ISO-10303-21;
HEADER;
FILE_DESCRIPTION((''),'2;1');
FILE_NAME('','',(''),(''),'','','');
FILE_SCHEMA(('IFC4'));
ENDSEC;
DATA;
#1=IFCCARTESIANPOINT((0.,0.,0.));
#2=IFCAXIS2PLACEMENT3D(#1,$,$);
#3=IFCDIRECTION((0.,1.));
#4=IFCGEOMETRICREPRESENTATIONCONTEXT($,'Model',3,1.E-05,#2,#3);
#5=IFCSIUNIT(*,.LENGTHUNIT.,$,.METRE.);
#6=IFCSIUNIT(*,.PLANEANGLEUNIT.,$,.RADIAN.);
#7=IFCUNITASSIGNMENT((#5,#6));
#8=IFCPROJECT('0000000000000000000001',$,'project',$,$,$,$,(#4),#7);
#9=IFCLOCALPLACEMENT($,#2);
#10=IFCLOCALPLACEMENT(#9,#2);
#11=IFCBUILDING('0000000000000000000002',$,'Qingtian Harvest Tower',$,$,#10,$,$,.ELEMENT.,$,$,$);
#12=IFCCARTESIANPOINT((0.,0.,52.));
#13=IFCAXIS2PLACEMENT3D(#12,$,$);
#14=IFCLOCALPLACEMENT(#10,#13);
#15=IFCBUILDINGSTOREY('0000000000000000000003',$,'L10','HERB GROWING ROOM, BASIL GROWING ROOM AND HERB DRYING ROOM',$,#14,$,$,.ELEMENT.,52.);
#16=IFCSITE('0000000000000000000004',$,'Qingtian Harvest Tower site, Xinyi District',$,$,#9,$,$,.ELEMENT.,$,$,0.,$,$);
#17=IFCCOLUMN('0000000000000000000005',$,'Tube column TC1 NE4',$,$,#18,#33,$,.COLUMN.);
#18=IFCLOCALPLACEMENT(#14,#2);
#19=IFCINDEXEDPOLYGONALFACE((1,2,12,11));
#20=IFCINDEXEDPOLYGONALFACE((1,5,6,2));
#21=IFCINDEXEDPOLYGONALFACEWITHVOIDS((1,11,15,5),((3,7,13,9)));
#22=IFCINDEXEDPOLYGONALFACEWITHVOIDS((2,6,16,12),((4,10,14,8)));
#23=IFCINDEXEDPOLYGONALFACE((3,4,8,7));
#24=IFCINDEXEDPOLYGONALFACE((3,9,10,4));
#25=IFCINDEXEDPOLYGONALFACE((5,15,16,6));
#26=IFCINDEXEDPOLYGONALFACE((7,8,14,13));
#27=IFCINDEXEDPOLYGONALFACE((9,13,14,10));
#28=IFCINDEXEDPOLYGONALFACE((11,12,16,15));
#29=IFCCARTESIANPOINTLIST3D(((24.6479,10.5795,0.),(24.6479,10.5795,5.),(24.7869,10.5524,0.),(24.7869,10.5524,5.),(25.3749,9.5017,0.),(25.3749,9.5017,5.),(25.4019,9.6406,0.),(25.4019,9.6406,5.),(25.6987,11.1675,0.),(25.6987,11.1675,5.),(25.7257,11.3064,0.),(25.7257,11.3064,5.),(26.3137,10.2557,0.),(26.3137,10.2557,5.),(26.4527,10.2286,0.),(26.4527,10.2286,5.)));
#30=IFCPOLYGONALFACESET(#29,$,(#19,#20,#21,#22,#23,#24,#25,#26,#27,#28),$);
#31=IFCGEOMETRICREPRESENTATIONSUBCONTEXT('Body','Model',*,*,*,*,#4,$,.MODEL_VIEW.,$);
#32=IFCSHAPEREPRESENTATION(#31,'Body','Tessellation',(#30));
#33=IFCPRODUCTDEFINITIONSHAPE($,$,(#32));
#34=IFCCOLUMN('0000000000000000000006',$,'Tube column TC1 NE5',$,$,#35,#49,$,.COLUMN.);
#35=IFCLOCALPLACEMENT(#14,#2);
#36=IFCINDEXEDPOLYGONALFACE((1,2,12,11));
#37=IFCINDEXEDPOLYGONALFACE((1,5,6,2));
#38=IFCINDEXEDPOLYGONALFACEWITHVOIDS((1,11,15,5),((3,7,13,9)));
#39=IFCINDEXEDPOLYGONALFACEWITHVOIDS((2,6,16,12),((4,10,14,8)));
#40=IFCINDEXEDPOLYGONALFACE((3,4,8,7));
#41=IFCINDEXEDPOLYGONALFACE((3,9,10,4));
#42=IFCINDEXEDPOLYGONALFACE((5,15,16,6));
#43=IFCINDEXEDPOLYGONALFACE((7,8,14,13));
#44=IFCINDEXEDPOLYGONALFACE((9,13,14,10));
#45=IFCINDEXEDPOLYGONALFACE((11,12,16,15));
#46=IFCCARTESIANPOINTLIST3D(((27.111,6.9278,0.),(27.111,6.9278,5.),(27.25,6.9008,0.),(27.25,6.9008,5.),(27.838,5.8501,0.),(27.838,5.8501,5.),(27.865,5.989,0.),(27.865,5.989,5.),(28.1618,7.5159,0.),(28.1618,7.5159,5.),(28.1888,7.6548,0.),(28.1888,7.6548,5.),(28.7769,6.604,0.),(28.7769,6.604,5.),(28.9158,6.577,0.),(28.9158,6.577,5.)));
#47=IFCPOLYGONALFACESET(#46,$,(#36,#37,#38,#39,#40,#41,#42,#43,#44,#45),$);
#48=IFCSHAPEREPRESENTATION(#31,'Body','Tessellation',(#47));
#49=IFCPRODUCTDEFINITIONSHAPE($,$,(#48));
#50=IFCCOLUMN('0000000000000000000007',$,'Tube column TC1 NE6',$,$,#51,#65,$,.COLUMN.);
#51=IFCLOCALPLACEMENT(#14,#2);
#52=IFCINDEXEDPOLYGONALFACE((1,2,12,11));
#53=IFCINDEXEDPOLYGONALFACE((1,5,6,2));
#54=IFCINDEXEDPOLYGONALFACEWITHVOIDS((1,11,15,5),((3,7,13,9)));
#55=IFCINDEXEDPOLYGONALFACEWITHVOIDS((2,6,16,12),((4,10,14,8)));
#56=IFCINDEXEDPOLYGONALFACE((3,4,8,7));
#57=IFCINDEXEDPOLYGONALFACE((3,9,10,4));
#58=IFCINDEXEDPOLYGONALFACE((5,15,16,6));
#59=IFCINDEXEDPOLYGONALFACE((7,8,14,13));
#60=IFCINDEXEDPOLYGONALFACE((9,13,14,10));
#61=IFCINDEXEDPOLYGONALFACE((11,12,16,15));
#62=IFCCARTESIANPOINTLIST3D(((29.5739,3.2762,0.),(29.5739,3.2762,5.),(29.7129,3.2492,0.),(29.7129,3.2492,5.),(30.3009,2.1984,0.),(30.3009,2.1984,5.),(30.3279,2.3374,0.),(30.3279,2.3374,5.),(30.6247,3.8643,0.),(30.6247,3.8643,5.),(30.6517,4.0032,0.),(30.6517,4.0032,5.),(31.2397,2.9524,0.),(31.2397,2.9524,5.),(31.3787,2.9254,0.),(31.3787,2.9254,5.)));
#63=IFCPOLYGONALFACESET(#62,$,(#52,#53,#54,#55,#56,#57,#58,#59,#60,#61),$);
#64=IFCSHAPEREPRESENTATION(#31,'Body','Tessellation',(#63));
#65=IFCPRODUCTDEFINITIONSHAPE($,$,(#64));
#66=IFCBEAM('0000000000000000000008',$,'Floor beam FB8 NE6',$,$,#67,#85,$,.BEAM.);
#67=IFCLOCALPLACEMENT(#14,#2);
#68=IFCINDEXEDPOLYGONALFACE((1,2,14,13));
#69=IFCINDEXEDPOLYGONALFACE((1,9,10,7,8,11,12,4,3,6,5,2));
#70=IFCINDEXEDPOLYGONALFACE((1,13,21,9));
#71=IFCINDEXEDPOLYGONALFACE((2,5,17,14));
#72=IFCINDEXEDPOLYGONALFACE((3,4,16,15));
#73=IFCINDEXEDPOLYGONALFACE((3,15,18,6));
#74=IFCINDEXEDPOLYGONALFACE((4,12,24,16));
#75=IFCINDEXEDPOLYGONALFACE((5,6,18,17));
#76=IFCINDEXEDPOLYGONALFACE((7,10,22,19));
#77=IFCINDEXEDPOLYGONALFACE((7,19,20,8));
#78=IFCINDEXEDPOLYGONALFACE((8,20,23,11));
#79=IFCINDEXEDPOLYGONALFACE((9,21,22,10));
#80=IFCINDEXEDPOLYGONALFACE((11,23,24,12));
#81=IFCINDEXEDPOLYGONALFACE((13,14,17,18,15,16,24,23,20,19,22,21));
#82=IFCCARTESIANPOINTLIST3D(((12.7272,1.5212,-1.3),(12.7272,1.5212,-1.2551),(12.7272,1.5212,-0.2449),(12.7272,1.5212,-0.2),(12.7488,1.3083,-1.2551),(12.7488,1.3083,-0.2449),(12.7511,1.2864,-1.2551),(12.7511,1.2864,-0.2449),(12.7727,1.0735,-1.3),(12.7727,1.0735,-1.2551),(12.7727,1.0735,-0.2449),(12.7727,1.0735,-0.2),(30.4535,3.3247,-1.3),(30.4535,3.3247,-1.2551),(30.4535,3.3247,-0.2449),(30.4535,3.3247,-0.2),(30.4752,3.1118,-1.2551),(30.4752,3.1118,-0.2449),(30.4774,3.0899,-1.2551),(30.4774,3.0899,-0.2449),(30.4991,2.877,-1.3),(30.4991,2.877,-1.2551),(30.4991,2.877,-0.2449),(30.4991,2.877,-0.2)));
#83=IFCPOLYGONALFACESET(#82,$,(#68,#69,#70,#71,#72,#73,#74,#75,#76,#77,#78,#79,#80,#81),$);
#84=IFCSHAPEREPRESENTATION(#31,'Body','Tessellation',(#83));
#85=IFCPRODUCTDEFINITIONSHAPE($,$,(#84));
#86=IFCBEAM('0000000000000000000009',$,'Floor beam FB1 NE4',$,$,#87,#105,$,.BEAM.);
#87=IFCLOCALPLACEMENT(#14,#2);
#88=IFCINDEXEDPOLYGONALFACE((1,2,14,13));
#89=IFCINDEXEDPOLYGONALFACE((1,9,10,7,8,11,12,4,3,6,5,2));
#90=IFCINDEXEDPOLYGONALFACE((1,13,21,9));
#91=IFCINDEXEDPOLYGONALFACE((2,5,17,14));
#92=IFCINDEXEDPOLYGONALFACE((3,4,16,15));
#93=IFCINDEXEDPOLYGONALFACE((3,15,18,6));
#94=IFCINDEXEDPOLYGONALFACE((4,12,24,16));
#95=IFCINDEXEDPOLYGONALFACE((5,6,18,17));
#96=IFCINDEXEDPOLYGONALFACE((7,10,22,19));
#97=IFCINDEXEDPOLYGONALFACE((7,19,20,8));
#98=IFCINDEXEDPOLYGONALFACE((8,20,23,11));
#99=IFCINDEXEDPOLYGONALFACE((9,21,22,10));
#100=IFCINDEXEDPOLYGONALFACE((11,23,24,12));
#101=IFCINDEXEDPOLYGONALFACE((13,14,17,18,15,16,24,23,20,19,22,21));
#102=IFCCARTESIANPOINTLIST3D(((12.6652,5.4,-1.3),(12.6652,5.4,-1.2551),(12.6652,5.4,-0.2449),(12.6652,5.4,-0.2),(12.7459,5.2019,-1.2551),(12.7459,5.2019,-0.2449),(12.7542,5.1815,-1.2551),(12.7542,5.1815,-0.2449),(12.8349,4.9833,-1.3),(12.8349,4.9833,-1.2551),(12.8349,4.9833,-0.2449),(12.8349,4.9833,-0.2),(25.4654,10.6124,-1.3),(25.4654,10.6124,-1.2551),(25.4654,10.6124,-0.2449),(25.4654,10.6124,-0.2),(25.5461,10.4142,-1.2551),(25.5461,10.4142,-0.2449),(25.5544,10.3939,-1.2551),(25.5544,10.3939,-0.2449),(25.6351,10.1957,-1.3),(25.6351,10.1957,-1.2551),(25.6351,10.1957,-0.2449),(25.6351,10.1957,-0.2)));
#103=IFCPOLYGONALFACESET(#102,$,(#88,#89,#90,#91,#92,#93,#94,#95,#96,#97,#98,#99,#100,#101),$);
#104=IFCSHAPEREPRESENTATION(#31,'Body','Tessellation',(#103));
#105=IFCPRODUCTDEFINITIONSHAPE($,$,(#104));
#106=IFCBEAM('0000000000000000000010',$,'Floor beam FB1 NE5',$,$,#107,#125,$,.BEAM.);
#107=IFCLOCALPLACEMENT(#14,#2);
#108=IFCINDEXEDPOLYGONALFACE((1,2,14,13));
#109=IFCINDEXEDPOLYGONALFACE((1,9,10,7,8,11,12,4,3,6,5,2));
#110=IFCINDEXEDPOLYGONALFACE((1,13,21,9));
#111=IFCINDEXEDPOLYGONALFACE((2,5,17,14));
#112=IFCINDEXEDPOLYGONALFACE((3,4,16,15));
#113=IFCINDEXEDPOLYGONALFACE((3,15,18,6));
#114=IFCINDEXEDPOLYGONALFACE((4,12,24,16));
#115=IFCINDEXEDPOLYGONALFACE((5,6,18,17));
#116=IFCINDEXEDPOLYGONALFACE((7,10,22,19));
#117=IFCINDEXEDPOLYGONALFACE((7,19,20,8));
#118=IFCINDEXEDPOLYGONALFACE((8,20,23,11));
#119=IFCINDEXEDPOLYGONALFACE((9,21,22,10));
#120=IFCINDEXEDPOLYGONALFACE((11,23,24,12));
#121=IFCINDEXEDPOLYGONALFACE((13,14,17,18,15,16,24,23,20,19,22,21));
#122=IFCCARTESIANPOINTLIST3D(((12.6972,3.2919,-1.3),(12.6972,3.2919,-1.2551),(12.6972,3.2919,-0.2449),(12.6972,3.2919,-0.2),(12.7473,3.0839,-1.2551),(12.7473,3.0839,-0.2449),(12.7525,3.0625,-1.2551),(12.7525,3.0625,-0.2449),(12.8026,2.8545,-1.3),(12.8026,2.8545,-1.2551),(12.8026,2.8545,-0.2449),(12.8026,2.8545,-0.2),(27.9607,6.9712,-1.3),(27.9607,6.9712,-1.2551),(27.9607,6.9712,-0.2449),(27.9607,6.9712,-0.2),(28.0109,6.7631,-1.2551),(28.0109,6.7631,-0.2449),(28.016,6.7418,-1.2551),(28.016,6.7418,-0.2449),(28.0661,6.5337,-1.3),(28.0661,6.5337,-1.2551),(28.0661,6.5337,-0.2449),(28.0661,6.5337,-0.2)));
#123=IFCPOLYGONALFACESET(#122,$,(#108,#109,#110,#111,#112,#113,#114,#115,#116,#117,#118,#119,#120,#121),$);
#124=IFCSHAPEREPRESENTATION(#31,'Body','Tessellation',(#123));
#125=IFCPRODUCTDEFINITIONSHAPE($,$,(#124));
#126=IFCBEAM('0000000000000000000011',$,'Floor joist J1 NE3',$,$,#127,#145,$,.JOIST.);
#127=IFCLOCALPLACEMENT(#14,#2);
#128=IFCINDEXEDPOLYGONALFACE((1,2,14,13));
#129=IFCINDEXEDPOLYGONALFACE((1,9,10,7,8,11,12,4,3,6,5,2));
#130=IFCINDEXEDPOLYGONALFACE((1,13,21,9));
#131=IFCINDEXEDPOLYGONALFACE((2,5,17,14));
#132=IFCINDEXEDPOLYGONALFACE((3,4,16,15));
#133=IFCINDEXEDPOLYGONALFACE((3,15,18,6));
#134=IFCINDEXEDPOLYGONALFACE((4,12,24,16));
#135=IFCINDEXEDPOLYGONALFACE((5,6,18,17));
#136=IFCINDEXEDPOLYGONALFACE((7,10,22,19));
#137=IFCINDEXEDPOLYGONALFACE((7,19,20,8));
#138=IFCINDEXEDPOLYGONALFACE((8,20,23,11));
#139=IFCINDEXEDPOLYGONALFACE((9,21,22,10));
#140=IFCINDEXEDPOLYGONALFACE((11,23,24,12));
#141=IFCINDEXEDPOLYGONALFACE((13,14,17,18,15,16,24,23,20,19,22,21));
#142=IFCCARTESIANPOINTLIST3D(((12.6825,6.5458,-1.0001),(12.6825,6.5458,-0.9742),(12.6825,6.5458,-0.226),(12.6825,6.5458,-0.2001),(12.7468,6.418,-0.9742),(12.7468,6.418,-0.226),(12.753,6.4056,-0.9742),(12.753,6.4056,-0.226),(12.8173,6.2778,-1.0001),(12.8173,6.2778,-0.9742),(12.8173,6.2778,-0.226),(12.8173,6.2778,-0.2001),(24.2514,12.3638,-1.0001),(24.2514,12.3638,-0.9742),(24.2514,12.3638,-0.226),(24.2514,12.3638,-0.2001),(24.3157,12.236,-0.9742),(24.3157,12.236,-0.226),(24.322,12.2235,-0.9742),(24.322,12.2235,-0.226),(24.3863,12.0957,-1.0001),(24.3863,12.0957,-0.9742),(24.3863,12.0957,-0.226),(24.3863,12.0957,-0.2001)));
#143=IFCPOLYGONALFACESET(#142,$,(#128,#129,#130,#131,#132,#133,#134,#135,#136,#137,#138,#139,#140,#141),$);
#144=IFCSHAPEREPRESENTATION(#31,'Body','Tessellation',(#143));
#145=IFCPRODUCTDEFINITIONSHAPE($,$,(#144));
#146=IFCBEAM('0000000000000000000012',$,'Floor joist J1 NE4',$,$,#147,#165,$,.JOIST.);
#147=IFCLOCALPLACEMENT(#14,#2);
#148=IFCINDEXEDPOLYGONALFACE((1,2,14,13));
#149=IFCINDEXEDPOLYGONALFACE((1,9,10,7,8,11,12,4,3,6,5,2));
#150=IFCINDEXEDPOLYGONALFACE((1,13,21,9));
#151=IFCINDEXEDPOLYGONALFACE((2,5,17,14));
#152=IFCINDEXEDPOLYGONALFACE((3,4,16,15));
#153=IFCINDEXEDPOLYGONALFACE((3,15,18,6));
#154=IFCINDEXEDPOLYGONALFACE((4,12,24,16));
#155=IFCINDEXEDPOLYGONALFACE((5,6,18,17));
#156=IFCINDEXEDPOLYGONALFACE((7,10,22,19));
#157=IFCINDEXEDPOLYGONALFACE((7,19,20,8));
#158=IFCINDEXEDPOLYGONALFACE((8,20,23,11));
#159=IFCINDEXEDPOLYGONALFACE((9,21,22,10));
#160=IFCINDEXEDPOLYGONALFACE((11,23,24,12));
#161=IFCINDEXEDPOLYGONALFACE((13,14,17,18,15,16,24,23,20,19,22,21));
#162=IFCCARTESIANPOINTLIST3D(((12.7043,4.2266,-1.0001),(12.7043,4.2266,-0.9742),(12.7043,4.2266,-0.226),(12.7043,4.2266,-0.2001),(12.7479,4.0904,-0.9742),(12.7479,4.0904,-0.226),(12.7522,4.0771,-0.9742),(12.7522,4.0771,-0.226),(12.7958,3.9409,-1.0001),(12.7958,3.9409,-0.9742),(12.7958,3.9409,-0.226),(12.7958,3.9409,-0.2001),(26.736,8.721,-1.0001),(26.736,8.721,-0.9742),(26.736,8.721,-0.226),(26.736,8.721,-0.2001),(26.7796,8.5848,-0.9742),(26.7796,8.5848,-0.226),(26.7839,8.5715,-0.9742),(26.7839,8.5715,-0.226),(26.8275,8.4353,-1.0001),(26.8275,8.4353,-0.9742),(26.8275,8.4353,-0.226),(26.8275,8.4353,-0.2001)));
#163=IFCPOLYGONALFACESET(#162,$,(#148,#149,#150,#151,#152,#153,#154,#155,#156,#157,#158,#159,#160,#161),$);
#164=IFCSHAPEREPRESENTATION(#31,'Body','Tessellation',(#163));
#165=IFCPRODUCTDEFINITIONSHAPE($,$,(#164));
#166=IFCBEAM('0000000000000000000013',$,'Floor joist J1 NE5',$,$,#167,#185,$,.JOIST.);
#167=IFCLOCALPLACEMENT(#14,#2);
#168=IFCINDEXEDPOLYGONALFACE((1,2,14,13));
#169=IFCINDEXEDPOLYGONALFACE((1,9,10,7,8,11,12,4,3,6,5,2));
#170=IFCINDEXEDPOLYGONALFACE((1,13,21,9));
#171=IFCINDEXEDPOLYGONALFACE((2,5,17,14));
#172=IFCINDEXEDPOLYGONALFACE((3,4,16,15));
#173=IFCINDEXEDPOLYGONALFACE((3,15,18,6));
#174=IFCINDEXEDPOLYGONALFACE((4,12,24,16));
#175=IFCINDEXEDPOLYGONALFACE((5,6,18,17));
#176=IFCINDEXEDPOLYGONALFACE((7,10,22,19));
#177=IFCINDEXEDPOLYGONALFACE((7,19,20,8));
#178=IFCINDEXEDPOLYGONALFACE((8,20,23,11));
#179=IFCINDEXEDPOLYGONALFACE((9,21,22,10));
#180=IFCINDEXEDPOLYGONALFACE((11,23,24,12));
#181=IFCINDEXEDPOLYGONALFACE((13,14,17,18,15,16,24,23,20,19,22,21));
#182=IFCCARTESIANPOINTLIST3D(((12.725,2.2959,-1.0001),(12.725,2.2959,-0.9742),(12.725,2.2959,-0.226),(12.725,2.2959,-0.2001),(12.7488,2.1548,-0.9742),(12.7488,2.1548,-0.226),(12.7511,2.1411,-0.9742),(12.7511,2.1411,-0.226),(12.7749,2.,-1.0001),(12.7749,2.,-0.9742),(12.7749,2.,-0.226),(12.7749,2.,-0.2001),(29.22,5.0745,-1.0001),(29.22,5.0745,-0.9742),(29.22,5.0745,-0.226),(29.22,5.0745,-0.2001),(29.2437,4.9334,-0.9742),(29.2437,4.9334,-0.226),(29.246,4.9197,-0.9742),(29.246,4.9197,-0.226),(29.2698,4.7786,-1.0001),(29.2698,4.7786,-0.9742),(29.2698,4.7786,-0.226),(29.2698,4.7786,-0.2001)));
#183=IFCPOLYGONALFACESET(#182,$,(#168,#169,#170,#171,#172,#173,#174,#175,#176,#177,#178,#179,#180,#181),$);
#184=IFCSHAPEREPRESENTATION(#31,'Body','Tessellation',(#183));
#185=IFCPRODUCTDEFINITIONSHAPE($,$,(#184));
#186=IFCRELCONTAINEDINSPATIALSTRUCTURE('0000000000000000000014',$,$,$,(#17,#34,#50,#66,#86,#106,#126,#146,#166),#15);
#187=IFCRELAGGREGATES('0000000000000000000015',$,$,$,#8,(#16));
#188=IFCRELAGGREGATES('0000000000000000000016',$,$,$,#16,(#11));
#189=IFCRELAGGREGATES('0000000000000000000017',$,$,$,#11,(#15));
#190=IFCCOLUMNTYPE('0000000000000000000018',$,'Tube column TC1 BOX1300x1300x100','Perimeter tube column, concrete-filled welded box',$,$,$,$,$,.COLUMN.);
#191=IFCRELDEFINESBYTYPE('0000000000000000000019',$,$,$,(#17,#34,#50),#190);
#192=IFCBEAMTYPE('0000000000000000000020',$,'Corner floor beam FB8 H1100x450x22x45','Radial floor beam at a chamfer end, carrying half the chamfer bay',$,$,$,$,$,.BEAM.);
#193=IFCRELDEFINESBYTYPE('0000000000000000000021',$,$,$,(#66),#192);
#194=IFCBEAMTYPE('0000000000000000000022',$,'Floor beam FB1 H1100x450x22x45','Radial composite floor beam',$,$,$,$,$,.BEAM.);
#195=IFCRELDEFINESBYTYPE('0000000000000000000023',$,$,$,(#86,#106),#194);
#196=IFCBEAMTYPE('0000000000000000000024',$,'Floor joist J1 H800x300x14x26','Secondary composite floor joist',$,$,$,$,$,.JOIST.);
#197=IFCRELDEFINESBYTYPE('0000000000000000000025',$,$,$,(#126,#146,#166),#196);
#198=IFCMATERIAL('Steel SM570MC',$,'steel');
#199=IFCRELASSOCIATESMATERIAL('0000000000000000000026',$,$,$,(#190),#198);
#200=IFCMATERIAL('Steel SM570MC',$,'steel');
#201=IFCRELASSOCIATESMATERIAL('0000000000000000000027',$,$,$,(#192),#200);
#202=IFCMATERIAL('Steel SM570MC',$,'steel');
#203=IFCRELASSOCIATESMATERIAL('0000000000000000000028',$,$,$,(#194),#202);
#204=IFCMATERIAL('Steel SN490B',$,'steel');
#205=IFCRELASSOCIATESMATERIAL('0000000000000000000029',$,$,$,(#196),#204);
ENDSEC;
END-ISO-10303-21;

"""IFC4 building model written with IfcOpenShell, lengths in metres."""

from ifc_helpers import new_model, si_unit, direction, frame, origin, origin_2d, place, context, subcontext, project, spatial, hollow_rectangle, i_section, extrude, material, material_profile, profile_set, type_object, element, save


model = new_model("IFC4")

# Units and contexts
model_context = context("Model", 3, precision=1e-05, world=origin(), true_north=direction((0.0, 1.0)))
body_context = subcontext(model_context, "Body", "Model", "MODEL_VIEW")
ifc_project = project(units=[si_unit("LENGTHUNIT", "METRE"), si_unit("PLANEANGLEUNIT", "RADIAN")], contexts=[model_context])

# Site, building, storey
site_placement = place(None, origin())
site = spatial("IfcSite", under=ifc_project, at=site_placement, Name="Qingtian Harvest Tower site, Xinyi District", CompositionType="ELEMENT", RefElevation=0.0)
building_placement = place(site_placement, origin())
building = spatial("IfcBuilding", under=site, at=building_placement, Name="Qingtian Harvest Tower", CompositionType="ELEMENT")
storey_placement = place(building_placement, frame((0.0, 0.0, 52.0)))
storey = spatial("IfcBuildingStorey", under=building, at=storey_placement, Name="L10", Description="HERB GROWING ROOM, BASIL GROWING ROOM AND HERB DRYING ROOM", CompositionType="ELEMENT", Elevation=52.0)

# Columns
ifc_material_1 = material(Name="Steel SM570MC", Category="steel")
ifc_material_profile_1 = material_profile(ifc_material_1, hollow_rectangle(XDim=1.3, YDim=1.3, WallThickness=0.1001, at=origin_2d()), Name="BOX1300x1300x100")
ifc_profile_set_1 = profile_set([ifc_material_profile_1], Name="Steel SM570MC")
column_type = type_object("IfcColumnType", Name="Tube column TC1 BOX1300x1300x100", Description="Perimeter tube column, concrete-filled welded box", PredefinedType="COLUMN", material=ifc_profile_set_1)
for number, where, z_axis, x_axis, name in (
    (1, (25.5503, 10.4041, 0.0), (0.0, 0.0, 1.0), (-0.559193, 0.829038, 0.0), "Tube column TC1 NE4"),
    (2, (28.0134, 6.7524, 0.0), (0.0, 0.0, 1.0), (-0.559193, 0.829038, 0.0), "Tube column TC1 NE5"),
    (3, (30.4763, 3.1008, 0.0), (0.0, 0.0, 1.0), (-0.559193, 0.829038, 0.0), "Tube column TC1 NE6"),
):
    element("IfcColumn", number, at=place(storey_placement, frame(where, z_axis=z_axis, x_axis=x_axis)), inside=storey, type_object=column_type, Name=name, PredefinedType="COLUMN", context=body_context, shape_type="SweptSolid", body=[
        extrude(hollow_rectangle(XDim=1.3, YDim=1.3, WallThickness=0.1001, at=origin_2d()), origin(), (0.0, 0.0, 1.0), 5.0),
    ])

# Beams
ifc_material_2 = material(Name="Steel SM570MC", Category="steel")
ifc_material_profile_2 = material_profile(ifc_material_2, i_section(OverallWidth=0.45, OverallDepth=1.1001, WebThickness=0.022, FlangeThickness=0.0449, at=origin_2d()), Name="H1100x450x22x45")
ifc_profile_set_2 = profile_set([ifc_material_profile_2], Name="Steel SM570MC")
beam_type_1 = type_object("IfcBeamType", Name="Corner floor beam FB8 H1100x450x22x45", Description="Radial floor beam at a chamfer end, carrying half the chamfer bay", PredefinedType="BEAM", material=ifc_profile_set_2)
beam_1_placement = place(storey_placement, frame((30.4763, 3.1008, -0.75), z_axis=(-0.994864, -0.101217, 0.0), x_axis=(0.101217, -0.994864, 0.0)))
element("IfcBeam", 4, at=beam_1_placement, inside=storey, type_object=beam_type_1, Name="Floor beam FB8 NE6", PredefinedType="BEAM", context=body_context, shape_type="SweptSolid", body=[
    extrude(i_section(OverallWidth=0.45, OverallDepth=1.1001, WebThickness=0.022, FlangeThickness=0.0449, at=origin_2d()), origin(), (0.0, 0.0, 1.0), 17.8179),
])
ifc_material_3 = material(Name="Steel SM570MC", Category="steel")
ifc_material_profile_3 = material_profile(ifc_material_3, i_section(OverallWidth=0.45, OverallDepth=1.1001, WebThickness=0.022, FlangeThickness=0.0449, at=origin_2d()), Name="H1100x450x22x45")
ifc_profile_set_3 = profile_set([ifc_material_profile_3], Name="Steel SM570MC")
beam_type_2 = type_object("IfcBeamType", Name="Floor beam FB1 H1100x450x22x45", Description="Radial composite floor beam", PredefinedType="BEAM", material=ifc_profile_set_3)
beam_2_placement = place(storey_placement, frame((25.5503, 10.4041, -0.75), z_axis=(-0.926156, -0.37714, 0.0), x_axis=(0.37714, -0.926156, 0.0)))
element("IfcBeam", 5, at=beam_2_placement, inside=storey, type_object=beam_type_2, Name="Floor beam FB1 NE4", PredefinedType="BEAM", context=body_context, shape_type="SweptSolid", body=[
    extrude(i_section(OverallWidth=0.45, OverallDepth=1.1001, WebThickness=0.022, FlangeThickness=0.0449, at=origin_2d()), origin(), (0.0, 0.0, 1.0), 13.8208),
])
beam_3_placement = place(storey_placement, frame((28.0134, 6.7524, -0.75), z_axis=(-0.972156, -0.234335, 0.0), x_axis=(0.234335, -0.972156, 0.0)))
element("IfcBeam", 6, at=beam_3_placement, inside=storey, type_object=beam_type_2, Name="Floor beam FB1 NE5", PredefinedType="BEAM", context=body_context, shape_type="SweptSolid", body=[
    extrude(i_section(OverallWidth=0.45, OverallDepth=1.1001, WebThickness=0.022, FlangeThickness=0.0449, at=origin_2d()), origin(), (0.0, 0.0, 1.0), 15.7007),
])
ifc_material_4 = material(Name="Steel SN490B", Category="steel")
ifc_material_profile_4 = material_profile(ifc_material_4, i_section(OverallWidth=0.3, OverallDepth=0.8, WebThickness=0.0139, FlangeThickness=0.0259, at=origin_2d()), Name="H800x300x14x26")
ifc_profile_set_4 = profile_set([ifc_material_profile_4], Name="Steel SN490B")
beam_type_3 = type_object("IfcBeamType", Name="Floor joist J1 H800x300x14x26", Description="Secondary composite floor joist", PredefinedType="JOIST", material=ifc_profile_set_4)
beam_4_placement = place(storey_placement, frame((24.3188, 12.2297, -0.6001), z_axis=(-0.893392, -0.449279, 0.0), x_axis=(0.449279, -0.893392, 0.0)))
element("IfcBeam", 7, at=beam_4_placement, inside=storey, type_object=beam_type_3, Name="Floor joist J1 NE3", PredefinedType="JOIST", context=body_context, shape_type="SweptSolid", body=[
    extrude(i_section(OverallWidth=0.3, OverallDepth=0.8, WebThickness=0.0139, FlangeThickness=0.0259, at=origin_2d()), origin(), (0.0, 0.0, 1.0), 12.9495),
])
beam_5_placement = place(storey_placement, frame((26.7817, 8.5781, -0.6001), z_axis=(-0.952341, -0.305036, 0.0), x_axis=(0.305036, -0.952341, 0.0)))
element("IfcBeam", 8, at=beam_5_placement, inside=storey, type_object=beam_type_3, Name="Floor joist J1 NE4", PredefinedType="JOIST", context=body_context, shape_type="SweptSolid", body=[
    extrude(i_section(OverallWidth=0.3, OverallDepth=0.8, WebThickness=0.0139, FlangeThickness=0.0259, at=origin_2d()), origin(), (0.0, 0.0, 1.0), 14.7339),
])
beam_6_placement = place(storey_placement, frame((29.2449, 4.9265, -0.6001), z_axis=(-0.986107, -0.16611, 0.0), x_axis=(0.16611, -0.986107, 0.0)))
element("IfcBeam", 9, at=beam_6_placement, inside=storey, type_object=beam_type_3, Name="Floor joist J1 NE5", PredefinedType="JOIST", context=body_context, shape_type="SweptSolid", body=[
    extrude(i_section(OverallWidth=0.3, OverallDepth=0.8, WebThickness=0.0139, FlangeThickness=0.0259, at=origin_2d()), origin(), (0.0, 0.0, 1.0), 16.7273),
])

save(model, "model.ifc")
